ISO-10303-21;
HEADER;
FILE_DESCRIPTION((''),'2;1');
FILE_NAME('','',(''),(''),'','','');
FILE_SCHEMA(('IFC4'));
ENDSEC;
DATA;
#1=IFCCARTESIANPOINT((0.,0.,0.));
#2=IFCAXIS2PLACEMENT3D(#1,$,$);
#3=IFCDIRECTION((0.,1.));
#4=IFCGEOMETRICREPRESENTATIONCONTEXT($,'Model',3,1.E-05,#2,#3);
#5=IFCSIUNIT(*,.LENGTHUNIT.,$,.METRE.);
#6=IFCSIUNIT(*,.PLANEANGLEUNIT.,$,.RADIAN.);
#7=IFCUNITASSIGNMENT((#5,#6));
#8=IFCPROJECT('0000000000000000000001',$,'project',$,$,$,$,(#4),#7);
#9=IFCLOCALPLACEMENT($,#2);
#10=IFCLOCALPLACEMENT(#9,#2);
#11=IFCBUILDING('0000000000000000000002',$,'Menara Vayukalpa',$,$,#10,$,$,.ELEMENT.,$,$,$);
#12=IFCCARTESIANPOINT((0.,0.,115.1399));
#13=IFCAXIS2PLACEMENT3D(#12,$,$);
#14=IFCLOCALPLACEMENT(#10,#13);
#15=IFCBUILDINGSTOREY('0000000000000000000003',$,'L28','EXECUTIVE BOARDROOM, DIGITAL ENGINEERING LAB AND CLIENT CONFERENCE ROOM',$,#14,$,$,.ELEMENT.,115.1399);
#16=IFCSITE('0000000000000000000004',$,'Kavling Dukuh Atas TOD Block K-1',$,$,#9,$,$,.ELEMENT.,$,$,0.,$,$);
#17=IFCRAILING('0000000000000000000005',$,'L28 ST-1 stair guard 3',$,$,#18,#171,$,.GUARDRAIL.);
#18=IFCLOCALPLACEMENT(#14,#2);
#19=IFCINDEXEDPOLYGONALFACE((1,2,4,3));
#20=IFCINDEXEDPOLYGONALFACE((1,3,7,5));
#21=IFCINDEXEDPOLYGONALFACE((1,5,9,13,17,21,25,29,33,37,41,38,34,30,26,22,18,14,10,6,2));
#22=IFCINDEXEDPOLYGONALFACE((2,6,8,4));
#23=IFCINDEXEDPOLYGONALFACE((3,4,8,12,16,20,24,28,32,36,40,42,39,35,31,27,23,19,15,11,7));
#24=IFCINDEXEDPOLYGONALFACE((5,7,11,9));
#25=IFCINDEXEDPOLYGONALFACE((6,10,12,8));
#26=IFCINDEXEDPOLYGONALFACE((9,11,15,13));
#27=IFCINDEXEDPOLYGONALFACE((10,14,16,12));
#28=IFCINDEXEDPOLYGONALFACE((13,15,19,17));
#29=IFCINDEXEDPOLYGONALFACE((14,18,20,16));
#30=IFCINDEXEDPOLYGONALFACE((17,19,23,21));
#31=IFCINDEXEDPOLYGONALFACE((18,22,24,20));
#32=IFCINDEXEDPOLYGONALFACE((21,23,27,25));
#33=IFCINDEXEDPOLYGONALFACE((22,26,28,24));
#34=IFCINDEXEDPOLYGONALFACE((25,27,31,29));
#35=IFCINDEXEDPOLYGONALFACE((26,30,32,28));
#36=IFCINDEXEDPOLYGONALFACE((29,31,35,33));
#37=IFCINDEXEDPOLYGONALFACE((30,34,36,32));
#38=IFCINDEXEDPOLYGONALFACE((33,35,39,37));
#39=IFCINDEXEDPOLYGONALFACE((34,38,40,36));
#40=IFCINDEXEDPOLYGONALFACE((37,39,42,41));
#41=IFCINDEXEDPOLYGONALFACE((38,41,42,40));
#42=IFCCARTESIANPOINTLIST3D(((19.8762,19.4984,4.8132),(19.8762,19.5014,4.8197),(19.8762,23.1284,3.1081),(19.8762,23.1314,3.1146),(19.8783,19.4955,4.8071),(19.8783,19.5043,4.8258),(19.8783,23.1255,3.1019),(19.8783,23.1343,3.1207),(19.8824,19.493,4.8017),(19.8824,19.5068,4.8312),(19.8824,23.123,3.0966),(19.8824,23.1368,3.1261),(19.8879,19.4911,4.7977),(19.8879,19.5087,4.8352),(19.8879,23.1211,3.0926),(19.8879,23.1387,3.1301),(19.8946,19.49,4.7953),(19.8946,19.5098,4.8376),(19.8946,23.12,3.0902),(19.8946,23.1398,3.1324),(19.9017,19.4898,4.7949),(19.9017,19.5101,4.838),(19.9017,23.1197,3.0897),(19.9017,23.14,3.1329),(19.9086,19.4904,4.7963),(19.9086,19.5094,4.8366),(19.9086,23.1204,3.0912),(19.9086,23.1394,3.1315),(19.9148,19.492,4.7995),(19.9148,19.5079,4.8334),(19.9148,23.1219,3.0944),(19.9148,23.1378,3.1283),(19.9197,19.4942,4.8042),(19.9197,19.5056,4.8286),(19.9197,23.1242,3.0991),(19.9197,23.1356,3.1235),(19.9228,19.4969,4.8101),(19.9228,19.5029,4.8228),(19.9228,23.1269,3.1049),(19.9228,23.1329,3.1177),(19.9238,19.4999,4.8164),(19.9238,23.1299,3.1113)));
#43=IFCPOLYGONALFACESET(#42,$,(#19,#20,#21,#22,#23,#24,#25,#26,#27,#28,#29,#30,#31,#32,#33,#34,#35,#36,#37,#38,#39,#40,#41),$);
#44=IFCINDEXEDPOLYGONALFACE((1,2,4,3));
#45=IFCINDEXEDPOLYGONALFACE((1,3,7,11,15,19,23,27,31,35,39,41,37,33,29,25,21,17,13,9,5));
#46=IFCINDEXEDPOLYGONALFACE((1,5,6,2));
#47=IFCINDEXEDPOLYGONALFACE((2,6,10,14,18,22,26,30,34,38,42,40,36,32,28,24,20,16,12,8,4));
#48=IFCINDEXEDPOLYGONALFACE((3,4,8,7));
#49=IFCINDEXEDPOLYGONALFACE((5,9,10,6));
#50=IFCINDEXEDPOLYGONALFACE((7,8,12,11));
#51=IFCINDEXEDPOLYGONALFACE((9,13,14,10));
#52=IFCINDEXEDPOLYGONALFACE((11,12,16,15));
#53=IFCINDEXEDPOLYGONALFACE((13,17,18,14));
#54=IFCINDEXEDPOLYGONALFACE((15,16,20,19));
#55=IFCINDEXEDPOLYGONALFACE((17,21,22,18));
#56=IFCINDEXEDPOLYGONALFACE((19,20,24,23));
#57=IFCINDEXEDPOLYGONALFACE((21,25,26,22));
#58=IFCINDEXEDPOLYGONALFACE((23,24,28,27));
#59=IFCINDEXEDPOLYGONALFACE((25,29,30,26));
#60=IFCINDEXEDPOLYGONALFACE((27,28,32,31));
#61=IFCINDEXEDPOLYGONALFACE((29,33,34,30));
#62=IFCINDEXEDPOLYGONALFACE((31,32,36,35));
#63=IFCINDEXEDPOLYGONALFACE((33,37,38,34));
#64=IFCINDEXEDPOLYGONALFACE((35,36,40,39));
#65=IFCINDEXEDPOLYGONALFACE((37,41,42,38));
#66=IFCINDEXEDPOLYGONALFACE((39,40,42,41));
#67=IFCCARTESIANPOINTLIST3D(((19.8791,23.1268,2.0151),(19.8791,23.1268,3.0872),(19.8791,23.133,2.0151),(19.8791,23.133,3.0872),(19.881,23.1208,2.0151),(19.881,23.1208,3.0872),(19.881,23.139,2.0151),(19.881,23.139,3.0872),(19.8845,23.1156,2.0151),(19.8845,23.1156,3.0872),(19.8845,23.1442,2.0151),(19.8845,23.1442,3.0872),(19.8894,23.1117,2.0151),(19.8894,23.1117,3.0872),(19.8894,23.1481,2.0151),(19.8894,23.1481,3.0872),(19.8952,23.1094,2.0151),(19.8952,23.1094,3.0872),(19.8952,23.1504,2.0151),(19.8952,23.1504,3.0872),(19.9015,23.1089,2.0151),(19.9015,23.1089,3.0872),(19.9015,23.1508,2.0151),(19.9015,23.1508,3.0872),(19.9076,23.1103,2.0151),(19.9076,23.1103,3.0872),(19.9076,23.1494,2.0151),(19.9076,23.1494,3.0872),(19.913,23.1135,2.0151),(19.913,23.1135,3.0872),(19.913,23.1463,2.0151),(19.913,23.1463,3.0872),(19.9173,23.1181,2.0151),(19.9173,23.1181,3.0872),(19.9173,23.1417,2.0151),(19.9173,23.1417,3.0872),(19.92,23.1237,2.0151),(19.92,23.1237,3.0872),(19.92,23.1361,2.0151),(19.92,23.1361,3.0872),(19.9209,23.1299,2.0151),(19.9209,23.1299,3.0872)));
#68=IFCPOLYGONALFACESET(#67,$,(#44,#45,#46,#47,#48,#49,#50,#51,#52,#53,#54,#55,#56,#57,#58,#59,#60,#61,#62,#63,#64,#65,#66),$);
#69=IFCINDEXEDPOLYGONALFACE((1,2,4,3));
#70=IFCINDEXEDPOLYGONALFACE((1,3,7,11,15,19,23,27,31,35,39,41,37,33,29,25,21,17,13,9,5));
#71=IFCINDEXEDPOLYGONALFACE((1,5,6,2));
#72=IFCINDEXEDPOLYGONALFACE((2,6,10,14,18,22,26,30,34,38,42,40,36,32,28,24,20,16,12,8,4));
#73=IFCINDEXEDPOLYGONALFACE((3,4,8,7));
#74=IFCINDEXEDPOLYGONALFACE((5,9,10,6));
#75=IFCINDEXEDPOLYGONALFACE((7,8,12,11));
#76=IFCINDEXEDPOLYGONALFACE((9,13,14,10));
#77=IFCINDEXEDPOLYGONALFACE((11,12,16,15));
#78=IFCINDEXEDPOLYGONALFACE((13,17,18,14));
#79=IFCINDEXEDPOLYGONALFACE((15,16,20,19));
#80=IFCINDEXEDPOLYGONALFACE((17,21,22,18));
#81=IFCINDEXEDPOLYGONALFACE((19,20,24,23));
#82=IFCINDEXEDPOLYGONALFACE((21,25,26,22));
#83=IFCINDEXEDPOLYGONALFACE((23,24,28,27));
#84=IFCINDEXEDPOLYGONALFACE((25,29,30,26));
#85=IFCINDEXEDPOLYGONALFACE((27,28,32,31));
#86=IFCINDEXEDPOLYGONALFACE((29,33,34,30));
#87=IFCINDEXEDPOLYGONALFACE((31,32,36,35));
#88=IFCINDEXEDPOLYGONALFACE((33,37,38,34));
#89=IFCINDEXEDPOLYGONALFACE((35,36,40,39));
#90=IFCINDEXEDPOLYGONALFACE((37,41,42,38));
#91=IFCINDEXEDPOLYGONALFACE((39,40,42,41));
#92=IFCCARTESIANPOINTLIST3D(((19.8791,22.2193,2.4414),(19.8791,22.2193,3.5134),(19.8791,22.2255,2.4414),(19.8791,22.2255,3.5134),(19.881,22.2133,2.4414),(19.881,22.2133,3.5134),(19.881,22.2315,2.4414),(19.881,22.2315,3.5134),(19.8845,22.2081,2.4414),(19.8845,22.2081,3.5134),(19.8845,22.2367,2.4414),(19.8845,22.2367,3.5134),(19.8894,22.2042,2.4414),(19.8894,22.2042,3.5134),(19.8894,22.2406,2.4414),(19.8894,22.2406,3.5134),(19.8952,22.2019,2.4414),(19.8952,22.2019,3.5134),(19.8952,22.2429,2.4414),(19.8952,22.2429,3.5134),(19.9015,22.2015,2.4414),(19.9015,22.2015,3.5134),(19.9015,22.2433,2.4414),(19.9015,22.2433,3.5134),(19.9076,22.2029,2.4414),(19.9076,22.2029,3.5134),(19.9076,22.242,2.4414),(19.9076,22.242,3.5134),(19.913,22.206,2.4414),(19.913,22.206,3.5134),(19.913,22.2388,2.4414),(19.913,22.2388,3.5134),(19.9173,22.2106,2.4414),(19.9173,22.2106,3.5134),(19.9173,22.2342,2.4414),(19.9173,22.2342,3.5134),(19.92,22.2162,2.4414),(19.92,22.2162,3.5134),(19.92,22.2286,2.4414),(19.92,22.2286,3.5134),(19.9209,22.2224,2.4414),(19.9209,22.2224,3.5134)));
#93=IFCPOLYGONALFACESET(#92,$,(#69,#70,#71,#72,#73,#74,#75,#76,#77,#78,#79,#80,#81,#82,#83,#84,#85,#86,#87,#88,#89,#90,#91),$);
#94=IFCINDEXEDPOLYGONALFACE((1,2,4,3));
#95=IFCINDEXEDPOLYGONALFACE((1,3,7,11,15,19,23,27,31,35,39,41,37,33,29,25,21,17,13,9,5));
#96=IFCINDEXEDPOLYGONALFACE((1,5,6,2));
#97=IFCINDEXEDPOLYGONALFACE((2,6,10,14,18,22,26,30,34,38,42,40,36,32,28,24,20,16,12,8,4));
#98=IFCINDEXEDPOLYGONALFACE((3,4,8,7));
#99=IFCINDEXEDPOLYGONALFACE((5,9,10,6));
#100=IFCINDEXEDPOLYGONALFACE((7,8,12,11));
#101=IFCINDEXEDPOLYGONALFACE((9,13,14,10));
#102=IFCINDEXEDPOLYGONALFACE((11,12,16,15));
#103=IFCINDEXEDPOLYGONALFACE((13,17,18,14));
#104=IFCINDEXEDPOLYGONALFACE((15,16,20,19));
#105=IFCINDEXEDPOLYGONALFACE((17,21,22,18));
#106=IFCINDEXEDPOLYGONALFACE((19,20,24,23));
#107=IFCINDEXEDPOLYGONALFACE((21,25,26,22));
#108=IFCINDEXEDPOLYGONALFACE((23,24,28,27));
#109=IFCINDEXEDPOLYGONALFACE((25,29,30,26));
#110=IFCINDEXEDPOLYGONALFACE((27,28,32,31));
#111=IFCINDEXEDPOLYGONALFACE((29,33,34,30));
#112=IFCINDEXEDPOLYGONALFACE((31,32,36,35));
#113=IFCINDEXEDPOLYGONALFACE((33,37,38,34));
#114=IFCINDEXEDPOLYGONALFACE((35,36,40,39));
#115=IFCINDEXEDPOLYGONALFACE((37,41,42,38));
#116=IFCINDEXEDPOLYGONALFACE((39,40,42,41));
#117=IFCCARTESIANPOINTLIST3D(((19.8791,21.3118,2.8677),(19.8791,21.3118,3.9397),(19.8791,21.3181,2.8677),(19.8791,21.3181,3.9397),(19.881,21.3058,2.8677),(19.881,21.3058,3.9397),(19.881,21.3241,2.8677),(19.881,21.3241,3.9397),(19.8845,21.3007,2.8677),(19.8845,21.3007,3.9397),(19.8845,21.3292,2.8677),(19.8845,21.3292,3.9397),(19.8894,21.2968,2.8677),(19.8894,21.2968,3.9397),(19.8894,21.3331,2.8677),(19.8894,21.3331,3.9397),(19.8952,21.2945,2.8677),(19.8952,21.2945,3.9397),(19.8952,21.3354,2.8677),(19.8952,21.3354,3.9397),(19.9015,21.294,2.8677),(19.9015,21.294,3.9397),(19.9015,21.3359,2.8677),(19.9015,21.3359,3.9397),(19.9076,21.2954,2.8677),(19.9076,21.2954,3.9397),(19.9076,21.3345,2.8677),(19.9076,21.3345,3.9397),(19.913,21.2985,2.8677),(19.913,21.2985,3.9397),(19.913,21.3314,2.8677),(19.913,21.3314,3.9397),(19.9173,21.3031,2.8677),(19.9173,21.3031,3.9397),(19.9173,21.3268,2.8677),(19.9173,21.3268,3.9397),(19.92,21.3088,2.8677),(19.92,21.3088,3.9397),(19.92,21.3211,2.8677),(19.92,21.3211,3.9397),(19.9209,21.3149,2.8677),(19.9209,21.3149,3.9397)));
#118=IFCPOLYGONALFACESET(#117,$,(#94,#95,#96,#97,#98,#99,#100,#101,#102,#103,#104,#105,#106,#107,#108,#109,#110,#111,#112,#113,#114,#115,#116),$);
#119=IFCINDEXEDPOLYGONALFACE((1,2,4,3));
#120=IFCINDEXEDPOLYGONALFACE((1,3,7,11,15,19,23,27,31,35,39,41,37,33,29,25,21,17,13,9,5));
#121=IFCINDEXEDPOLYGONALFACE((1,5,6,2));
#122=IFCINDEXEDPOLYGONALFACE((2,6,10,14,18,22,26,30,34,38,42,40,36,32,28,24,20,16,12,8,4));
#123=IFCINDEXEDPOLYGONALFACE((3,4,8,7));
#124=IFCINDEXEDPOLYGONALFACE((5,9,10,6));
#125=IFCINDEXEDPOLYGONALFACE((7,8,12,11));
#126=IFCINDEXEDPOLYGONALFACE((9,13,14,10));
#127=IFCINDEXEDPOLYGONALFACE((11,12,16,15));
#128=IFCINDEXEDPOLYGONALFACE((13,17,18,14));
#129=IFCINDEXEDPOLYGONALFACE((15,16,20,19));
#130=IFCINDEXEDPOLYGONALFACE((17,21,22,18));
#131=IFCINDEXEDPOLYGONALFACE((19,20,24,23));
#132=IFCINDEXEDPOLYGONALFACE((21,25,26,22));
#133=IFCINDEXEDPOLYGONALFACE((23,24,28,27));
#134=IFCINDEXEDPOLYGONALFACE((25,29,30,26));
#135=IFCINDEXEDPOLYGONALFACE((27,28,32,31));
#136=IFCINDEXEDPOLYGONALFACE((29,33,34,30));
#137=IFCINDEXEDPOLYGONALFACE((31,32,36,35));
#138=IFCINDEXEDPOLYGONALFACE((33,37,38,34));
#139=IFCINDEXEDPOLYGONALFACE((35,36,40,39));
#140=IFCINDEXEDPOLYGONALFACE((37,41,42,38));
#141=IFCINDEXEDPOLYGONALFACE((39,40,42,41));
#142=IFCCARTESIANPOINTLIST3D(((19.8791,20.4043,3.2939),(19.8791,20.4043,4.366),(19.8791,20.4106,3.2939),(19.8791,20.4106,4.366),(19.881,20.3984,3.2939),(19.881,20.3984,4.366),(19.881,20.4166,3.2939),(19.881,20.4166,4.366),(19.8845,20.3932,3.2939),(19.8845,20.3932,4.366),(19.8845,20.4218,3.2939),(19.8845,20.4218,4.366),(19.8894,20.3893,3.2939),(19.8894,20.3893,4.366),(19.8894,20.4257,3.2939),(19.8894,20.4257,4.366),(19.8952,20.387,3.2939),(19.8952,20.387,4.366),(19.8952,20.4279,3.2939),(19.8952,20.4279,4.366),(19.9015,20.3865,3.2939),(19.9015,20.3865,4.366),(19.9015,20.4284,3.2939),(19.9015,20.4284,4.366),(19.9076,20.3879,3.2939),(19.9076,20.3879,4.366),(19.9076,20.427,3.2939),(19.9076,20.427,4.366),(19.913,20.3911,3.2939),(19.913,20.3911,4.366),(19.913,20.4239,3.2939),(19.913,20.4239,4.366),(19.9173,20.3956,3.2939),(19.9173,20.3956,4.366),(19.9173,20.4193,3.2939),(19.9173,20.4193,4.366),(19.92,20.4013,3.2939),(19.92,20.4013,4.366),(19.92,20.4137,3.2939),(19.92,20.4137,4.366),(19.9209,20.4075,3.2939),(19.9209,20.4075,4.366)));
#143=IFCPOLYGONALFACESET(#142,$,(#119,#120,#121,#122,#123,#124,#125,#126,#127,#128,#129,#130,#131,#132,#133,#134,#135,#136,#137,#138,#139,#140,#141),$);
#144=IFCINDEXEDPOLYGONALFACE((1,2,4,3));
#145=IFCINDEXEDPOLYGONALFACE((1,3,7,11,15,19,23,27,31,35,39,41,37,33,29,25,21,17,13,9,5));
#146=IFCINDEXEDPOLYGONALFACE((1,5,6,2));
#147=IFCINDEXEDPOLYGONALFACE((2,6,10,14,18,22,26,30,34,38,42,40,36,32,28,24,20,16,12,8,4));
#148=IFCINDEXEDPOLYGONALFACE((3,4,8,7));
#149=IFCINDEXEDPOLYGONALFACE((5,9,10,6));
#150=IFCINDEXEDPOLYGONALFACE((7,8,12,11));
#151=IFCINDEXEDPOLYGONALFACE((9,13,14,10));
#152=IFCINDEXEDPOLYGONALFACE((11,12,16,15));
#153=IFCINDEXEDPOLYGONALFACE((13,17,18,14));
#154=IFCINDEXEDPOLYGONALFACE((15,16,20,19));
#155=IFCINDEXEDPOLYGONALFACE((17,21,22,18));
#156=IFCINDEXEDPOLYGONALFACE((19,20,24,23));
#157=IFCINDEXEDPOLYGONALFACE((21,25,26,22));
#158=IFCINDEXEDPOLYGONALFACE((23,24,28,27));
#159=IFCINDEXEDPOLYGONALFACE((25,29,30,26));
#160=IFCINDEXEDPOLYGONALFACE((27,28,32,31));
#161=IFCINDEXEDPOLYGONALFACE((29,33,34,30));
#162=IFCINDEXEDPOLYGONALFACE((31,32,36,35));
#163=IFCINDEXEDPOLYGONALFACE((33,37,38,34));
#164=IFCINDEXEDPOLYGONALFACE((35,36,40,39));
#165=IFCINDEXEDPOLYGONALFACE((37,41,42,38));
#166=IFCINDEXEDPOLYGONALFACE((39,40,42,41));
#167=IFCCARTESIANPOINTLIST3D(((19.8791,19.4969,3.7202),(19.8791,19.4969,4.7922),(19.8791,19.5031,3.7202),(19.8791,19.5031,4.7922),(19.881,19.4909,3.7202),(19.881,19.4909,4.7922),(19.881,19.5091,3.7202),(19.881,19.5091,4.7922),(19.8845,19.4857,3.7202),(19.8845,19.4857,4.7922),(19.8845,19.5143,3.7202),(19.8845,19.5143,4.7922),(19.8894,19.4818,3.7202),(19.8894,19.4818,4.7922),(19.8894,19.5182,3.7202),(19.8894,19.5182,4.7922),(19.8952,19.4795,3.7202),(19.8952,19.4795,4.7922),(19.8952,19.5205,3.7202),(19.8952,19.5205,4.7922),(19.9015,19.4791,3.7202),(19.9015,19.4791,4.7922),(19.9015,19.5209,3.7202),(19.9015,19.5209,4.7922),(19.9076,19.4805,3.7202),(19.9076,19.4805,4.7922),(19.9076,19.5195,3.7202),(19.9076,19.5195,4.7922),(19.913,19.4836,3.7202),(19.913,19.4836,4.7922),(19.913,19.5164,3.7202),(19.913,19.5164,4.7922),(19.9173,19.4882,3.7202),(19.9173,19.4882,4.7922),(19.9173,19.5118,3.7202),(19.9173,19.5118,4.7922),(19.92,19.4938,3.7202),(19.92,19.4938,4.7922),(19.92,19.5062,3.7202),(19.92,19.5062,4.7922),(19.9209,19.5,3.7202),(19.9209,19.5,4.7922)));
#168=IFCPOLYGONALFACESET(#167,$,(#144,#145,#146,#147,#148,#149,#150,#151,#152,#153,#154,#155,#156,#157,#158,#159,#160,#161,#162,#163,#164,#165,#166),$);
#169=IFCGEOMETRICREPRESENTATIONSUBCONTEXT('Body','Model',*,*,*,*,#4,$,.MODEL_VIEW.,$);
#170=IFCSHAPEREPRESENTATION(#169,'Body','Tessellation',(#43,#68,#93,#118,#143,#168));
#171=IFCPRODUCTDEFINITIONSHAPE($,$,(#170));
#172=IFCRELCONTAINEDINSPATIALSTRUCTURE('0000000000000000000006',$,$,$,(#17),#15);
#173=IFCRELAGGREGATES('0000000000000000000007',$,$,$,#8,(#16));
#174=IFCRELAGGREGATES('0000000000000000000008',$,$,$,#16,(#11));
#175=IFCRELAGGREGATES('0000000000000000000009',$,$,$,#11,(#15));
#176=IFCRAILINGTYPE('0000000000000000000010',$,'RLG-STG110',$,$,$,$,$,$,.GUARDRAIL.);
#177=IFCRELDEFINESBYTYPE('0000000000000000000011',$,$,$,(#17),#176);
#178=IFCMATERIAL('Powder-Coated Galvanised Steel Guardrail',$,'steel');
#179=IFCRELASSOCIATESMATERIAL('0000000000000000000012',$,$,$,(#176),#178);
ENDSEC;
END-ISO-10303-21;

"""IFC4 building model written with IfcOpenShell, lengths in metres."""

from ifc_helpers import new_model, si_unit, direction, frame, origin, origin_2d, place, context, subcontext, project, spatial, circle, extrude, material, type_object, element, save


model = new_model("IFC4")

# Units and contexts
model_context = context("Model", 3, precision=1e-05, world=origin(), true_north=direction((0.0, 1.0)))
body_context = subcontext(model_context, "Body", "Model", "MODEL_VIEW")
ifc_project = project(units=[si_unit("LENGTHUNIT", "METRE"), si_unit("PLANEANGLEUNIT", "RADIAN")], contexts=[model_context])

# Site, building, storey
site_placement = place(None, origin())
site = spatial("IfcSite", under=ifc_project, at=site_placement, Name="Kavling Dukuh Atas TOD Block K-1", CompositionType="ELEMENT", RefElevation=0.0)
building_placement = place(site_placement, origin())
building = spatial("IfcBuilding", under=site, at=building_placement, Name="Menara Vayukalpa", CompositionType="ELEMENT")
storey_placement = place(building_placement, frame((0.0, 0.0, 115.1399)))
storey = spatial("IfcBuildingStorey", under=building, at=storey_placement, Name="L28", Description="EXECUTIVE BOARDROOM, DIGITAL ENGINEERING LAB AND CLIENT CONFERENCE ROOM", CompositionType="ELEMENT", Elevation=115.1399)

# Railing
ifc_material_1 = material(Name="Powder-Coated Galvanised Steel Guardrail", Category="steel")
railing_type_1 = type_object("IfcRailingType", Name="RLG-STG110", PredefinedType="GUARDRAIL", material=ifc_material_1)
railing_1_placement = place(storey_placement, frame((19.8999, 23.1299, 2.0151)))
element("IfcRailing", 1, at=railing_1_placement, inside=storey, type_object=railing_type_1, Name="L28 ST-1 stair guard 3", PredefinedType="GUARDRAIL", context=body_context, shape_type="SweptSolid", body=[
    extrude(circle(Radius=0.0239, at=origin_2d()), frame((0.0, 0.0, 1.0962), z_axis=(0.0, -0.905116, 0.425164), x_axis=(1.0, 0.0, 0.0)), (0.0, 0.0, 1.0), 4.0105),
    extrude(circle(Radius=0.021, at=origin_2d()), origin(), (0.0, 0.0, 1.0), 1.072),
    extrude(circle(Radius=0.021, at=origin_2d()), frame((0.0, -0.9075, 0.4263)), (0.0, 0.0, 1.0), 1.072),
    extrude(circle(Radius=0.021, at=origin_2d()), frame((0.0, -1.8149, 0.8525)), (0.0, 0.0, 1.0), 1.072),
    extrude(circle(Radius=0.021, at=origin_2d()), frame((0.0, -2.7224, 1.2788)), (0.0, 0.0, 1.0), 1.072),
    extrude(circle(Radius=0.021, at=origin_2d()), frame((0.0, -3.6299, 1.7051)), (0.0, 0.0, 1.0), 1.072),
])

save(model, "model.ifc")
